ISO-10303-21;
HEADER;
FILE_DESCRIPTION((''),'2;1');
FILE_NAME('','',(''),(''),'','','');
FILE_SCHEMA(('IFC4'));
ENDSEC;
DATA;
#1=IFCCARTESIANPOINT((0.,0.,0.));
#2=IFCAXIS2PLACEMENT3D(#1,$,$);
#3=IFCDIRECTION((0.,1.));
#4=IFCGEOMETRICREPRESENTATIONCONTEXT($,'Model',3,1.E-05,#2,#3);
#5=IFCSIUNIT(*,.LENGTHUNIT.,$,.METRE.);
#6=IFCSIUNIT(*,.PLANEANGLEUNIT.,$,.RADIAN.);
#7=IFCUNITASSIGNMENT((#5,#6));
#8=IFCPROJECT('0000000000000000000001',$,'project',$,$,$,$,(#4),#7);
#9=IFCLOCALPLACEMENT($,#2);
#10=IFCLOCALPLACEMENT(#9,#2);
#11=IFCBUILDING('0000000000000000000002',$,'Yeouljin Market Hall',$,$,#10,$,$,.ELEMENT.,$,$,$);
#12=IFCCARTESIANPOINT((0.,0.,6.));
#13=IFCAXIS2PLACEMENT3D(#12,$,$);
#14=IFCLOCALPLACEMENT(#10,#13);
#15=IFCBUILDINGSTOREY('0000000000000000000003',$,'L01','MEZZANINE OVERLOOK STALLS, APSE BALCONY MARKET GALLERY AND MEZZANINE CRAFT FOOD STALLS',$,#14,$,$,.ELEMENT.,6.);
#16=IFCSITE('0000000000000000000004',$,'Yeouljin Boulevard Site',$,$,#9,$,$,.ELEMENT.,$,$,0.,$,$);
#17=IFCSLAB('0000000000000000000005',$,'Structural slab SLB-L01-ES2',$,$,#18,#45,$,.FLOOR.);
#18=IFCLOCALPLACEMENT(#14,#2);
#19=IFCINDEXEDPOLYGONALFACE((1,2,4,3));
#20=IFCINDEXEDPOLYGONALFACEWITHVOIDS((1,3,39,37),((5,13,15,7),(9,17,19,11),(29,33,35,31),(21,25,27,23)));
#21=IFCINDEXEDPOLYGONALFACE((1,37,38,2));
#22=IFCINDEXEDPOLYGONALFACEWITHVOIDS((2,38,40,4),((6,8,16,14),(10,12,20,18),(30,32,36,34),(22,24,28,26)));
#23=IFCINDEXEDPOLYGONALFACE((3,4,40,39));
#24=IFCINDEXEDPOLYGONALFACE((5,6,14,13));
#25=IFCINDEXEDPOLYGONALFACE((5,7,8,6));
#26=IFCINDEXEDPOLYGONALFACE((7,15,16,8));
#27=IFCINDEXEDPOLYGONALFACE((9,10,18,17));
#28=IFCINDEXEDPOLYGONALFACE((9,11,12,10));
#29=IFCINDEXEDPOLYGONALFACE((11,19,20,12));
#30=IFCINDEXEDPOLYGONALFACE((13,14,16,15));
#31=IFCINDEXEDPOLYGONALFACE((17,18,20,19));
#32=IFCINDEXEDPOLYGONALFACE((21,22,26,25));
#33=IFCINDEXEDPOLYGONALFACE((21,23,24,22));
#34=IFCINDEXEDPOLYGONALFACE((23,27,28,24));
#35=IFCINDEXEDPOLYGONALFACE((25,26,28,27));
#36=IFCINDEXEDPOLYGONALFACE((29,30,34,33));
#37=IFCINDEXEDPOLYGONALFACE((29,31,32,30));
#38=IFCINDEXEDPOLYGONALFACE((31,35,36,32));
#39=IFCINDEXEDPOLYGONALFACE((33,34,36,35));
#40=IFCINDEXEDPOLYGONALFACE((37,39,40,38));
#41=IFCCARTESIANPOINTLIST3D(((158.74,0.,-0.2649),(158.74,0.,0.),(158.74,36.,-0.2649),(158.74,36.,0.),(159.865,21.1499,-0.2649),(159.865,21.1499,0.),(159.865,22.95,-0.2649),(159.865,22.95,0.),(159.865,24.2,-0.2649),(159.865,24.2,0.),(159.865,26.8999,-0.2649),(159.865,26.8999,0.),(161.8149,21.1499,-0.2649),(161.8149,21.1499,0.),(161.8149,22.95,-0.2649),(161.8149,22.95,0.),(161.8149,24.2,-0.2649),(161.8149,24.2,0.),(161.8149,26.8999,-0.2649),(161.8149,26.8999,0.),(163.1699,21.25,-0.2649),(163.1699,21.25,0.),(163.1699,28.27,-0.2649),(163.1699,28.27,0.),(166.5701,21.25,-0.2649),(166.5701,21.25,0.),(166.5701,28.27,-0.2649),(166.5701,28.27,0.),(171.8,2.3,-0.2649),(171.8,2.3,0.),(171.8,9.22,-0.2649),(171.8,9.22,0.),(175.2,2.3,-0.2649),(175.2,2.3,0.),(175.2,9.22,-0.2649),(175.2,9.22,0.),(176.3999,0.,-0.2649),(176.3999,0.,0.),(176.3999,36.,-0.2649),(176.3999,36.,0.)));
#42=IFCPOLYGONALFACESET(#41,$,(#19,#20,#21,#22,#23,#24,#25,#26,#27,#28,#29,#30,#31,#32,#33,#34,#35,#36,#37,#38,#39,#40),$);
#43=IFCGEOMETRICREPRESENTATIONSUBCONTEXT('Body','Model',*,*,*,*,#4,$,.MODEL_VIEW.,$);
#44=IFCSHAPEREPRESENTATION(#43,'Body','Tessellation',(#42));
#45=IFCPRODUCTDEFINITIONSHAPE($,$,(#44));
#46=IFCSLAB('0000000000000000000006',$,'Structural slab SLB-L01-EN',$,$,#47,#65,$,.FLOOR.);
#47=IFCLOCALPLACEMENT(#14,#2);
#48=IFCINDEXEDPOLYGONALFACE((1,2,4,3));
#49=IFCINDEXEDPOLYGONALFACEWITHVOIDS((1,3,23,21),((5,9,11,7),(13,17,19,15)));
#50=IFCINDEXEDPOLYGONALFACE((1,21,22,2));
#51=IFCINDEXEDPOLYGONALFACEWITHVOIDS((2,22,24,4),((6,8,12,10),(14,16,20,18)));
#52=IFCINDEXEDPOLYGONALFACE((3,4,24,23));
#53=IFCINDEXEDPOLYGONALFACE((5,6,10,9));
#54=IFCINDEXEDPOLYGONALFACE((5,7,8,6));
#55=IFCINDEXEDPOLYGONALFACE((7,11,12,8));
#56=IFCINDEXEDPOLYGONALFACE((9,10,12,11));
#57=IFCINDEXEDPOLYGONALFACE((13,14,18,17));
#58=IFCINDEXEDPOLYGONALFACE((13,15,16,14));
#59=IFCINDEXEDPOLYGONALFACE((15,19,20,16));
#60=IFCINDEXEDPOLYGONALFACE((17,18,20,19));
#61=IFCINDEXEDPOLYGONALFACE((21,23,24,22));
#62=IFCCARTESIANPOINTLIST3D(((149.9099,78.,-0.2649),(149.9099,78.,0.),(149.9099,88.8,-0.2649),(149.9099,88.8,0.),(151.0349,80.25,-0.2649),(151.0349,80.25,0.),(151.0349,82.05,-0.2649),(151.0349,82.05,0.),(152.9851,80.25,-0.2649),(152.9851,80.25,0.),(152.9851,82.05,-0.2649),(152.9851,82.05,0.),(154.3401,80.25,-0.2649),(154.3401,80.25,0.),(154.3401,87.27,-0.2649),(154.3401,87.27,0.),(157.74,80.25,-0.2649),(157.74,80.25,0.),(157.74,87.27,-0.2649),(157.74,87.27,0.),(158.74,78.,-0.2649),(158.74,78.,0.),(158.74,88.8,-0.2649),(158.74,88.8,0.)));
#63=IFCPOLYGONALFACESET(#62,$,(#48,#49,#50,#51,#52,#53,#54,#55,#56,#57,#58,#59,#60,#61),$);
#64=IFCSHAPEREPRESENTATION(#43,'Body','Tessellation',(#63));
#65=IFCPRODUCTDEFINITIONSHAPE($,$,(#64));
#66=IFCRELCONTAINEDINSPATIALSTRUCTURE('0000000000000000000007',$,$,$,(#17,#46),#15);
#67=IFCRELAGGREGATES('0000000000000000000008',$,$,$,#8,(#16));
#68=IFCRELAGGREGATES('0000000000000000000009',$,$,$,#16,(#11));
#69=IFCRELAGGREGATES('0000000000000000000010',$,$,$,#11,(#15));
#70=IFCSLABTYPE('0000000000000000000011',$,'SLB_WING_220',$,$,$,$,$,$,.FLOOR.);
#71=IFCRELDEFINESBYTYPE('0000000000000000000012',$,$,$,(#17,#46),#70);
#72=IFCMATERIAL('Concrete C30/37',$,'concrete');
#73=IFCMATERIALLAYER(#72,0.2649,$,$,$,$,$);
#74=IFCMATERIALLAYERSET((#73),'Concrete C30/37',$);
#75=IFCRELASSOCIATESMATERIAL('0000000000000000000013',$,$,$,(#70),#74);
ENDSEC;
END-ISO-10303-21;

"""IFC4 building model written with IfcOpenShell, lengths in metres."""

from ifc_helpers import new_model, si_unit, direction, frame, origin, place, context, subcontext, project, spatial, polyline, outline, extrude, material, layer, layer_set, type_object, element, save


model = new_model("IFC4")

# Units and contexts
model_context = context("Model", 3, precision=1e-05, world=origin(), true_north=direction((0.0, 1.0)))
body_context = subcontext(model_context, "Body", "Model", "MODEL_VIEW")
ifc_project = project(units=[si_unit("LENGTHUNIT", "METRE"), si_unit("PLANEANGLEUNIT", "RADIAN")], contexts=[model_context])

# Site, building, storey
site_placement = place(None, origin())
site = spatial("IfcSite", under=ifc_project, at=site_placement, Name="Yeouljin Boulevard Site", CompositionType="ELEMENT", RefElevation=0.0)
building_placement = place(site_placement, origin())
building = spatial("IfcBuilding", under=site, at=building_placement, Name="Yeouljin Market Hall", CompositionType="ELEMENT")
storey_placement = place(building_placement, frame((0.0, 0.0, 6.0)))
storey = spatial("IfcBuildingStorey", under=building, at=storey_placement, Name="L01", Description="MEZZANINE OVERLOOK STALLS, APSE BALCONY MARKET GALLERY AND MEZZANINE CRAFT FOOD STALLS", CompositionType="ELEMENT", Elevation=6.0)

# Slabs
ifc_material_1 = material(Name="Concrete C30/37", Category="concrete")
ifc_layer_1 = layer(ifc_material_1, 0.2649)
ifc_layer_set_1 = layer_set([ifc_layer_1], Name="Concrete C30/37")
slab_type_1 = type_object("IfcSlabType", Name="SLB_WING_220", PredefinedType="FLOOR", material=ifc_layer_set_1)
slab_1_placement = place(storey_placement, frame((0.0, 0.0, -0.2649)))
element("IfcSlab", 1, at=slab_1_placement, inside=storey, type_object=slab_type_1, Name="Structural slab SLB-L01-ES2", PredefinedType="FLOOR", context=body_context, shape_type="SweptSolid", body=[
    extrude(outline(polyline([(158.74, 0.0), (176.3999, 0.0), (176.3999, 36.0), (158.74, 36.0), (158.74, 0.0)]), holes=[polyline([(163.1699, 21.25), (166.5701, 21.25), (166.5701, 28.27), (163.1699, 28.27), (163.1699, 21.25)]), polyline([(171.8, 2.3), (175.2, 2.3), (175.2, 9.22), (171.8, 9.22), (171.8, 2.3)]), polyline([(159.865, 21.1499), (161.8149, 21.1499), (161.8149, 22.95), (159.865, 22.95), (159.865, 21.1499)]), polyline([(159.865, 24.2), (161.8149, 24.2), (161.8149, 26.8999), (159.865, 26.8999), (159.865, 24.2)])]), origin(), (0.0, 0.0, 1.0), 0.2649),
])
slab_2_placement = place(storey_placement, frame((0.0, 0.0, -0.2649)))
element("IfcSlab", 2, at=slab_2_placement, inside=storey, type_object=slab_type_1, Name="Structural slab SLB-L01-EN", PredefinedType="FLOOR", context=body_context, shape_type="SweptSolid", body=[
    extrude(outline(polyline([(149.9099, 78.0), (158.74, 78.0), (158.74, 88.8), (149.9099, 88.8), (149.9099, 78.0)]), holes=[polyline([(154.3401, 80.25), (157.74, 80.25), (157.74, 87.27), (154.3401, 87.27), (154.3401, 80.25)]), polyline([(151.0349, 80.25), (152.9851, 80.25), (152.9851, 82.05), (151.0349, 82.05), (151.0349, 80.25)])]), origin(), (0.0, 0.0, 1.0), 0.2649),
])

save(model, "model.ifc")
